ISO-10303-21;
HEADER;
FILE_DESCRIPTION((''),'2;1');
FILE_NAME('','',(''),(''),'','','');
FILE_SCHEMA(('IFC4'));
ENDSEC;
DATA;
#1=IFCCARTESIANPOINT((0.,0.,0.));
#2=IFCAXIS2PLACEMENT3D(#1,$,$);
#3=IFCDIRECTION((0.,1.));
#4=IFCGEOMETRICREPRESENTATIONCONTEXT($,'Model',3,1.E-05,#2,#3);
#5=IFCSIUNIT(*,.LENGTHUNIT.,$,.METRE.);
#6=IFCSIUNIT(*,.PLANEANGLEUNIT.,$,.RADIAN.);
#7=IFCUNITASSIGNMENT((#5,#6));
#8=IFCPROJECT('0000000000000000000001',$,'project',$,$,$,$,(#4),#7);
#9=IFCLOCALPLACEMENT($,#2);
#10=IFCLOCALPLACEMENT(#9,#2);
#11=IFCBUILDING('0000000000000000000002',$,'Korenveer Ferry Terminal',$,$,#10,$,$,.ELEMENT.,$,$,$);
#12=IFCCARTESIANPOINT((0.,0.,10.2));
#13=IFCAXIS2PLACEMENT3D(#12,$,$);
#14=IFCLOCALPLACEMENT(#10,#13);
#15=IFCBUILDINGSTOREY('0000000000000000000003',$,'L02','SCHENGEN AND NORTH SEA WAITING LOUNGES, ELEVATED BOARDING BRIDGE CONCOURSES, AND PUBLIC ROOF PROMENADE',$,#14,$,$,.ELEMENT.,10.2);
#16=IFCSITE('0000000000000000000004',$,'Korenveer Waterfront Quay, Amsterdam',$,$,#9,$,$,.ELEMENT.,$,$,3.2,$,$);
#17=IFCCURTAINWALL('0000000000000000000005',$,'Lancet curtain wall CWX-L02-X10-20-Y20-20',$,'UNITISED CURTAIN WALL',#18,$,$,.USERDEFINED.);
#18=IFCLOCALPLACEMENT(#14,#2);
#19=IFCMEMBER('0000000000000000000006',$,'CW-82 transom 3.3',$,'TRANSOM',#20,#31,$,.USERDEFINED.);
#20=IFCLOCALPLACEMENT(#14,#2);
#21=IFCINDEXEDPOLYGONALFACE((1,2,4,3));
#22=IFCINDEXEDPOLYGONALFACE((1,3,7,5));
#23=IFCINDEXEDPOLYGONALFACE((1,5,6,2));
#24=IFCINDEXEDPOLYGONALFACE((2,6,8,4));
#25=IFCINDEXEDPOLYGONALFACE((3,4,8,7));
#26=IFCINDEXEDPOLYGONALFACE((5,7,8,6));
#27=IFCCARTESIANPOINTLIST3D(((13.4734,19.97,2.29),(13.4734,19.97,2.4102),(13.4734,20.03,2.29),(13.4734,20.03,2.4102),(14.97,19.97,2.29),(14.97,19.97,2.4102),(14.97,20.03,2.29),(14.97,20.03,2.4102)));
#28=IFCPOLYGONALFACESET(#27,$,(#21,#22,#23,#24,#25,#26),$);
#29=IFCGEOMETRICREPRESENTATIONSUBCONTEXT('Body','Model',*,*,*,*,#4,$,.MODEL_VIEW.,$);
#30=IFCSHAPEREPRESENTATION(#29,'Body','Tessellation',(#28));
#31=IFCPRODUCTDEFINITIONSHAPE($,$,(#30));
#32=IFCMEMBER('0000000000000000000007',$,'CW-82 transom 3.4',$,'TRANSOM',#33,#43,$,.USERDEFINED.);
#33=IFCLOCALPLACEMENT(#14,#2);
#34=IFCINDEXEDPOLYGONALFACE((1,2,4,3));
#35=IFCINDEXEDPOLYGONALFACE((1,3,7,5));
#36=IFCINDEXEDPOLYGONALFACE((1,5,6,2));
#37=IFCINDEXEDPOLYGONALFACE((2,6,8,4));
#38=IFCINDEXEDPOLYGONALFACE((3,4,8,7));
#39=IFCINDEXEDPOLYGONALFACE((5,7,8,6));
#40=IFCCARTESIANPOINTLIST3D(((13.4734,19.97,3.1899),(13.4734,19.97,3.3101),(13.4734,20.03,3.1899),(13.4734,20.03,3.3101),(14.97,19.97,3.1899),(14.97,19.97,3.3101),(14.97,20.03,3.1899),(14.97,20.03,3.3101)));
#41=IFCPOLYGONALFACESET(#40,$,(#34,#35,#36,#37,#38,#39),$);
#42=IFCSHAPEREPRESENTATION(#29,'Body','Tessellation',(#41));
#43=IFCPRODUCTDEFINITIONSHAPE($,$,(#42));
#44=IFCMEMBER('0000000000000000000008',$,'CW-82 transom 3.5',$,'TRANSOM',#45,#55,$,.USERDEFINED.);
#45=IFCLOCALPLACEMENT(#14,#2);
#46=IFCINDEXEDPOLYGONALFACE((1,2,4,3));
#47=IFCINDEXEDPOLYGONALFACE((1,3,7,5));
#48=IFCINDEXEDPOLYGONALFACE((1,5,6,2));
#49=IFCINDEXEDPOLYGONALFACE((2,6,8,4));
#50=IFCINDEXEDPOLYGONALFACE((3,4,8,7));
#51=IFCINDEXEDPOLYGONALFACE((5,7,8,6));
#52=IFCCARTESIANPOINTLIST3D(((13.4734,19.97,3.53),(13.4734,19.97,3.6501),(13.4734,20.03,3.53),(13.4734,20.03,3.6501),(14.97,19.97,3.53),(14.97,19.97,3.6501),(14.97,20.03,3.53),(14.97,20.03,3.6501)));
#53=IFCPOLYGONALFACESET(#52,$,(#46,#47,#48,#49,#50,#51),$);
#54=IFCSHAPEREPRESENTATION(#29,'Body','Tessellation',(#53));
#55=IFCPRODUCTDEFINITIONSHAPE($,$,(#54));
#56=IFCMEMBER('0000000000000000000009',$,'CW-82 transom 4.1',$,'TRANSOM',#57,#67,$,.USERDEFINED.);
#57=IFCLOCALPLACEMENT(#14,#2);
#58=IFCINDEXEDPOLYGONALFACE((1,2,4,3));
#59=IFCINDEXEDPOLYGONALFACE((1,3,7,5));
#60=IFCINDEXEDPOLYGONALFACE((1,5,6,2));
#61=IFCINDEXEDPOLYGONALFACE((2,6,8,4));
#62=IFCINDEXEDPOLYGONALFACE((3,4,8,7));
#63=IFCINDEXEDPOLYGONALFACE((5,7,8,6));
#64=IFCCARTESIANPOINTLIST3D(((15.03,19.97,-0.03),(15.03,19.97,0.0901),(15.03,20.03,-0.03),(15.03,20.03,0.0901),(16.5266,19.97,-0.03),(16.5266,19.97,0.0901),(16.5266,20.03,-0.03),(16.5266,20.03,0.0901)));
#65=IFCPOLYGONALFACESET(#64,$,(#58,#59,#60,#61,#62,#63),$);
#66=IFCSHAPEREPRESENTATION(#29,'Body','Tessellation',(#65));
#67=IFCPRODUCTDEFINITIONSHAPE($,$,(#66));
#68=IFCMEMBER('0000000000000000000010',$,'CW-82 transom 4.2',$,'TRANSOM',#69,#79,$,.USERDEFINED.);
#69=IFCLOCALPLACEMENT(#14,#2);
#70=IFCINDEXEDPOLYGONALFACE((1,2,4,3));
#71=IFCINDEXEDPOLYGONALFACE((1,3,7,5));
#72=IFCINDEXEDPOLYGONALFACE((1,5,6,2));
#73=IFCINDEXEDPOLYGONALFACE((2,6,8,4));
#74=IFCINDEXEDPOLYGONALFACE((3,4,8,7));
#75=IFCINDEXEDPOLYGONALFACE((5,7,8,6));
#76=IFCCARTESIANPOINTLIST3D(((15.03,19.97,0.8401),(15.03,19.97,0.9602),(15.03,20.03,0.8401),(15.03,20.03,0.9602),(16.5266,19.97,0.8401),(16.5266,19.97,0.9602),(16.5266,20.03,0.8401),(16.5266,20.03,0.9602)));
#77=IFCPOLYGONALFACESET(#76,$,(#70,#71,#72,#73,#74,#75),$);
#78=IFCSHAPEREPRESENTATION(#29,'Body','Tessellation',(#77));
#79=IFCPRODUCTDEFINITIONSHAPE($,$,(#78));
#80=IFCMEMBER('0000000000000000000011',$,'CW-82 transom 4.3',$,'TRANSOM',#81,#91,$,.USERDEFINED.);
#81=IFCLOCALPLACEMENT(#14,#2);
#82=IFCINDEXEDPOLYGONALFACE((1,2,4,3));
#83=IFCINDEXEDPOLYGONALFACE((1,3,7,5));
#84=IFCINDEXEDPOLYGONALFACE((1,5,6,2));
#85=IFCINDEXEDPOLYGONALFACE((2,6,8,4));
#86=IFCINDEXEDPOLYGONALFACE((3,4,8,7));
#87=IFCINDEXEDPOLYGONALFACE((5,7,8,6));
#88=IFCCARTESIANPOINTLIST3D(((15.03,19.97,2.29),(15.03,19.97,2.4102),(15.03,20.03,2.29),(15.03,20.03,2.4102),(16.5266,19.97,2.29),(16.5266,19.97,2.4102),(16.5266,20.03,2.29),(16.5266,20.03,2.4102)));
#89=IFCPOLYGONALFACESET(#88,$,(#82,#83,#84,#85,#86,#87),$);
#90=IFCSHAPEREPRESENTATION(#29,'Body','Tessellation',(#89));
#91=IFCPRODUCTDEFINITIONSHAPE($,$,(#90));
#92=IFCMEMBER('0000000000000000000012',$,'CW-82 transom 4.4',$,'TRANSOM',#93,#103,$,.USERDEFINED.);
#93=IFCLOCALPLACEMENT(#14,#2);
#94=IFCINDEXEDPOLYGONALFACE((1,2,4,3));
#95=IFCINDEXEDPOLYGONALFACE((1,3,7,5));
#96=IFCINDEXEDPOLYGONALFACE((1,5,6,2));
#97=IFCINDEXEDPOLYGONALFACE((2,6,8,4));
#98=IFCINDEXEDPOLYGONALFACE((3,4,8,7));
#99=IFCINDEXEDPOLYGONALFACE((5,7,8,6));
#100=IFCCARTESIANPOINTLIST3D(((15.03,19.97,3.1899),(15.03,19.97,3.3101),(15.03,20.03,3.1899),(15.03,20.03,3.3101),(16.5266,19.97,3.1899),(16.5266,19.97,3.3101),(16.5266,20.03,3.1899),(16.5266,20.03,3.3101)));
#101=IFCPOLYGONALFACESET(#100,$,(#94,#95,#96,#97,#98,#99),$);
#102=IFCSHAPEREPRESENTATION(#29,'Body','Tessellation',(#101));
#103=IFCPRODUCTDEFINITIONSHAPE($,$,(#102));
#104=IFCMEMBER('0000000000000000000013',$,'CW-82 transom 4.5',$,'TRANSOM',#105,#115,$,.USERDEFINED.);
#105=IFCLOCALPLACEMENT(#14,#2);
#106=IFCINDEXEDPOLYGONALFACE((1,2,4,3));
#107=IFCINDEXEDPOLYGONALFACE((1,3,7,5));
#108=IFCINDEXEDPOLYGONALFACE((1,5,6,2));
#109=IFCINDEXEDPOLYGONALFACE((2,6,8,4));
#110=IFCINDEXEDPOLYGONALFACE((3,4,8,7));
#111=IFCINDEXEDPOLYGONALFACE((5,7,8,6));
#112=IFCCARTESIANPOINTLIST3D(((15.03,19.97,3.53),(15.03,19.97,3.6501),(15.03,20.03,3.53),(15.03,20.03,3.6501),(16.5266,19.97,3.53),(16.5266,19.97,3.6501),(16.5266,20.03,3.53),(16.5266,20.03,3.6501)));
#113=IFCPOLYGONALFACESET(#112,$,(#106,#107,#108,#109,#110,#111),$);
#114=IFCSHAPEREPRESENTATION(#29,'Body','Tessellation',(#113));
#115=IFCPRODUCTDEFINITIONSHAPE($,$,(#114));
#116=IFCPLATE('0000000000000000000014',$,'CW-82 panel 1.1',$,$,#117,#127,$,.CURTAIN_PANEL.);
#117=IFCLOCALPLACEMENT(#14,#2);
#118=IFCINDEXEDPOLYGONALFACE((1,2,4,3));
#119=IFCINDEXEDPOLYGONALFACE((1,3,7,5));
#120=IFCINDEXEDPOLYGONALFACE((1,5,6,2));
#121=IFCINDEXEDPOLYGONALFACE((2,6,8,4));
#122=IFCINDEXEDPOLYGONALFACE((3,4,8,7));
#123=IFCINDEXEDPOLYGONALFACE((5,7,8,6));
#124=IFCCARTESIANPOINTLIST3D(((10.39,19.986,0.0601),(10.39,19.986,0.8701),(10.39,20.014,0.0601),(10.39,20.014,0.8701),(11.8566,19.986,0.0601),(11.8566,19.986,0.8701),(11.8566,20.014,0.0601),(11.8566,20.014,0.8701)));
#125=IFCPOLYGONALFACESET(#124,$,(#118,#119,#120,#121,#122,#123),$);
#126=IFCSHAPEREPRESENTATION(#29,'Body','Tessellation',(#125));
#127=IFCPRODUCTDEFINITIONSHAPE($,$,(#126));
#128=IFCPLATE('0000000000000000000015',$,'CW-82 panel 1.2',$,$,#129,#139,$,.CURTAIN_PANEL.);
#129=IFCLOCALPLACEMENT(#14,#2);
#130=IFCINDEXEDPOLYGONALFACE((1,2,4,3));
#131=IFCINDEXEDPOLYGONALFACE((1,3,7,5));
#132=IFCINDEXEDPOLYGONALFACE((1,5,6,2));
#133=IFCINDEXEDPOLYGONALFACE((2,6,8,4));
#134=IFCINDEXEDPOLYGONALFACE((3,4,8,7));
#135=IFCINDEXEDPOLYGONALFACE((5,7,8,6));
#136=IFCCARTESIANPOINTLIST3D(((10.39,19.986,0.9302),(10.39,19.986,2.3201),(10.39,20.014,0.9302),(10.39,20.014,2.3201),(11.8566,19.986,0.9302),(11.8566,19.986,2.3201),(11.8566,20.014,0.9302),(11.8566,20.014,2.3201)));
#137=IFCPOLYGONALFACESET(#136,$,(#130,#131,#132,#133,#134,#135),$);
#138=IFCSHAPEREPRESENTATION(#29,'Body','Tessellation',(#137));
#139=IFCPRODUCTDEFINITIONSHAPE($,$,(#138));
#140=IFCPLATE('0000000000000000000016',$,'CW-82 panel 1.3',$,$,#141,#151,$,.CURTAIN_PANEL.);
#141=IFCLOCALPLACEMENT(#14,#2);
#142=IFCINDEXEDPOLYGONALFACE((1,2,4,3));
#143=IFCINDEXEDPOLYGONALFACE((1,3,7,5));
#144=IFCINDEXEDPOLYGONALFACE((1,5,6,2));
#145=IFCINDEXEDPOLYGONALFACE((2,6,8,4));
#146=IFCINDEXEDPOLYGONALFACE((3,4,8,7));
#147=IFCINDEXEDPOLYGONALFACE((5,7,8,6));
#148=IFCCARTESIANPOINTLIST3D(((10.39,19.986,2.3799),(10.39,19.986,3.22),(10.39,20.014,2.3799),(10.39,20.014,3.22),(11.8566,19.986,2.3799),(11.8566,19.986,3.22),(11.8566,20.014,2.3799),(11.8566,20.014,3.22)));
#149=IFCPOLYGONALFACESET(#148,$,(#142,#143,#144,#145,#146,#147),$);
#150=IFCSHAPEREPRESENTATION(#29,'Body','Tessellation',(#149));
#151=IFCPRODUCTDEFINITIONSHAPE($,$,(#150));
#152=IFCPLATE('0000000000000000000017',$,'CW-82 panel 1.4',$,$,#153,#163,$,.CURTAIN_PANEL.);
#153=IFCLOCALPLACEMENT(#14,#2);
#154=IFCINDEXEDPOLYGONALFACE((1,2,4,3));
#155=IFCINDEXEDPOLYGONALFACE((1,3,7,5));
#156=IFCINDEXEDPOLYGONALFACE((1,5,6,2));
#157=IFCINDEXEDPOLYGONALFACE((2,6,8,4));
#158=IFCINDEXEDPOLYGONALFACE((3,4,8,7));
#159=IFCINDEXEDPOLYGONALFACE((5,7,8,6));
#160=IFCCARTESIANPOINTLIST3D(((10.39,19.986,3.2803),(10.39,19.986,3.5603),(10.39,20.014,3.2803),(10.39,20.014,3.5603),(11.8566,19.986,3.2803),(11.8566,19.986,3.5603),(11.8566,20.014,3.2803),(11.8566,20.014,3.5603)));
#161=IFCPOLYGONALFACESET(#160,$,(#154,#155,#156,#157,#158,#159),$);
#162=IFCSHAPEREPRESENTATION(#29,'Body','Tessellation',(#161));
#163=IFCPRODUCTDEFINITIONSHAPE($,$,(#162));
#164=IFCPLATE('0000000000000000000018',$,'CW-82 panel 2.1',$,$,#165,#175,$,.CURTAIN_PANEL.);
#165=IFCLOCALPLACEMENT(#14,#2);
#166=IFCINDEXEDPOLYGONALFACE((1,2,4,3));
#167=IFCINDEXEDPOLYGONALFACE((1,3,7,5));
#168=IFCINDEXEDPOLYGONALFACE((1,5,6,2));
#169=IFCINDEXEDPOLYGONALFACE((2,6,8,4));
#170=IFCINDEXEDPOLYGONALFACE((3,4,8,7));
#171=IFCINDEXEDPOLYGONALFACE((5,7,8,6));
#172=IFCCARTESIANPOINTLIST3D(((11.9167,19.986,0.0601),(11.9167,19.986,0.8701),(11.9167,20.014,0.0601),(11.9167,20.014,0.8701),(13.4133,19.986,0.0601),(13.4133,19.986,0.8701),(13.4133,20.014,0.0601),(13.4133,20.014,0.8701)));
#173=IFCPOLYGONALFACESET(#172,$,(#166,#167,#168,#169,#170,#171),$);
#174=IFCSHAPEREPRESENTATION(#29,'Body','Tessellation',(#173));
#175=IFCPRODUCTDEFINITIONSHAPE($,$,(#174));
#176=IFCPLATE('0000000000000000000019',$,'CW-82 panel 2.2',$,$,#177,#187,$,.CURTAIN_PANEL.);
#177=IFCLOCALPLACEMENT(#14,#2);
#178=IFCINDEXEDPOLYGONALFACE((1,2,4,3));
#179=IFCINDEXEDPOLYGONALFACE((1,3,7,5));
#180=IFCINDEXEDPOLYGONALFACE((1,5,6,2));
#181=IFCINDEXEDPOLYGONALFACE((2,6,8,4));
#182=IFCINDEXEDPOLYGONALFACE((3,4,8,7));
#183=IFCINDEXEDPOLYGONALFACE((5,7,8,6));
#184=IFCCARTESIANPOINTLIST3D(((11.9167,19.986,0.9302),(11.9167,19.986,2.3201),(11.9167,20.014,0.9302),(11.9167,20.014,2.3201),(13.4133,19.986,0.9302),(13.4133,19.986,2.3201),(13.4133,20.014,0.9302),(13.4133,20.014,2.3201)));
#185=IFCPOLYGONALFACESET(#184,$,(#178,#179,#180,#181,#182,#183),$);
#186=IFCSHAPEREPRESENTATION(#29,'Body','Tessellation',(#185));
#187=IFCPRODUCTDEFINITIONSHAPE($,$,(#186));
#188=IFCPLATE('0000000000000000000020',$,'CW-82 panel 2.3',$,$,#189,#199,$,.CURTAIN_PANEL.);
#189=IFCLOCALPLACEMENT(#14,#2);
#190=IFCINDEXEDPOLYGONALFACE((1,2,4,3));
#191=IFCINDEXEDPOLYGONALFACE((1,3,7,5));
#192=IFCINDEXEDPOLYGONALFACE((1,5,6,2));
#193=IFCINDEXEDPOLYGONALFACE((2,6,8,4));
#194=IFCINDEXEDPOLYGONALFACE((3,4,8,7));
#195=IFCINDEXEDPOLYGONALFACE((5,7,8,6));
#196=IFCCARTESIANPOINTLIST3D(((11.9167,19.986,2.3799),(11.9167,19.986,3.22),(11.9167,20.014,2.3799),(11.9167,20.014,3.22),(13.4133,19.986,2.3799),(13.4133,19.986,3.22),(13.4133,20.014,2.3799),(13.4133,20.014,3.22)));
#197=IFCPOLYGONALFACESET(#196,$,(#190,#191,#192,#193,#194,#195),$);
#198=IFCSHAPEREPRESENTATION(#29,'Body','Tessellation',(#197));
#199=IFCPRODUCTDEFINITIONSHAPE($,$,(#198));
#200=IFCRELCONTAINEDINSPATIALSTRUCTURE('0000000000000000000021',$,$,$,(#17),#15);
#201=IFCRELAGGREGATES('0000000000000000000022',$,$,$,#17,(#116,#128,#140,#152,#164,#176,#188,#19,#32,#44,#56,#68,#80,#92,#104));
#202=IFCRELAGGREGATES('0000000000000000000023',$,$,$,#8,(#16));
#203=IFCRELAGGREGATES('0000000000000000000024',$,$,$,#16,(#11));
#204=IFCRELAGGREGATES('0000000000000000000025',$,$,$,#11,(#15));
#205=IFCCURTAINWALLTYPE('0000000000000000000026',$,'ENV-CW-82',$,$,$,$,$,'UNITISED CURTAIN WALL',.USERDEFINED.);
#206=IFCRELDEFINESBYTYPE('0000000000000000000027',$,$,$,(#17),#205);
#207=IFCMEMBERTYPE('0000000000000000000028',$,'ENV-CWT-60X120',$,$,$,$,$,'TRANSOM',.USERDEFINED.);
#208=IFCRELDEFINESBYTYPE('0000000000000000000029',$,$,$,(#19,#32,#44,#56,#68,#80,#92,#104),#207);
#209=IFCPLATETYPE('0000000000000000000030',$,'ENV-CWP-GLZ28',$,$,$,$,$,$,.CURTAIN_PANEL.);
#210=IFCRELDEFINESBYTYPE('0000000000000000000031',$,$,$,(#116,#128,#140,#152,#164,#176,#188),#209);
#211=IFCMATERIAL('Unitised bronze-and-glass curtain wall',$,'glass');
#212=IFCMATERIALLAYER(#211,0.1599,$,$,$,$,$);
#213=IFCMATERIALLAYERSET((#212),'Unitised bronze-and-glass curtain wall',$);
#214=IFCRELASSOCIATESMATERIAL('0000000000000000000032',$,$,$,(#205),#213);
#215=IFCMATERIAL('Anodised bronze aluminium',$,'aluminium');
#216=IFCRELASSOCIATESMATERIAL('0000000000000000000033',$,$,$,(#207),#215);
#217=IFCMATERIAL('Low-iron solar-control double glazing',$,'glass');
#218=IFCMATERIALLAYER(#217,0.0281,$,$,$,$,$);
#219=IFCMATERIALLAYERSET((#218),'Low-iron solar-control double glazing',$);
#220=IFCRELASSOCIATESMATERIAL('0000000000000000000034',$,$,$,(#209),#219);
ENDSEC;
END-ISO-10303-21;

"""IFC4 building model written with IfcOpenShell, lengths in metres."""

from ifc_helpers import new_model, si_unit, direction, frame, origin, origin_2d, place, context, subcontext, project, spatial, rectangle, extrude, material, layer, layer_set, material_profile, profile_set, type_object, element, aggregate, save


model = new_model("IFC4")

# Units and contexts
model_context = context("Model", 3, precision=1e-05, world=origin(), true_north=direction((0.0, 1.0)))
body_context = subcontext(model_context, "Body", "Model", "MODEL_VIEW")
ifc_project = project(units=[si_unit("LENGTHUNIT", "METRE"), si_unit("PLANEANGLEUNIT", "RADIAN")], contexts=[model_context])

# Site, building, storey
site_placement = place(None, origin())
site = spatial("IfcSite", under=ifc_project, at=site_placement, Name="Korenveer Waterfront Quay, Amsterdam", CompositionType="ELEMENT", RefElevation=3.2)
building_placement = place(site_placement, origin())
building = spatial("IfcBuilding", under=site, at=building_placement, Name="Korenveer Ferry Terminal", CompositionType="ELEMENT")
storey_placement = place(building_placement, frame((0.0, 0.0, 10.2)))
storey = spatial("IfcBuildingStorey", under=building, at=storey_placement, Name="L02", Description="SCHENGEN AND NORTH SEA WAITING LOUNGES, ELEVATED BOARDING BRIDGE CONCOURSES, AND PUBLIC ROOF PROMENADE", CompositionType="ELEMENT", Elevation=10.2)

# Curtain wall, members, plates
ifc_material_1 = material(Name="Unitised bronze-and-glass curtain wall", Category="glass")
ifc_layer_1 = layer(ifc_material_1, 0.1599)
ifc_layer_set_1 = layer_set([ifc_layer_1], Name="Unitised bronze-and-glass curtain wall")
curtain_wall_type = type_object("IfcCurtainWallType", Name="ENV-CW-82", ElementType="UNITISED CURTAIN WALL", PredefinedType="USERDEFINED", material=ifc_layer_set_1)
curtain_wall_placement = place(storey_placement, frame((10.3301, 20.0, 0.0)))
curtain_wall = element("IfcCurtainWall", 1, at=curtain_wall_placement, inside=storey, type_object=curtain_wall_type, Name="Lancet curtain wall CWX-L02-X10-20-Y20-20", ObjectType="UNITISED CURTAIN WALL", PredefinedType="USERDEFINED")
ifc_material_2 = material(Name="Anodised bronze aluminium", Category="aluminium")
ifc_material_profile_1 = material_profile(ifc_material_2, rectangle(XDim=0.0601, YDim=0.1201, at=origin_2d()), Name="ALU 60x120")
ifc_profile_set_1 = profile_set([ifc_material_profile_1], Name="Anodised bronze aluminium")
member_type_1 = type_object("IfcMemberType", Name="ENV-CWT-60X120", ElementType="TRANSOM", PredefinedType="USERDEFINED", material=ifc_profile_set_1)
member_1_placement = place(storey_placement, frame((13.4734, 20.0, 2.3501), z_axis=(1.0, 0.0, 0.0), x_axis=(0.0, 1.0, 0.0)))
member_1 = element("IfcMember", 2, at=member_1_placement, type_object=member_type_1, Name="CW-82 transom 3.3", ObjectType="TRANSOM", PredefinedType="USERDEFINED", context=body_context, shape_type="SweptSolid", body=[
    extrude(rectangle(XDim=0.0601, YDim=0.1201, at=origin_2d()), origin(), (0.0, 0.0, 1.0), 1.4966),
])
member_2_placement = place(storey_placement, frame((13.4734, 20.0, 3.25), z_axis=(1.0, 0.0, 0.0), x_axis=(0.0, 1.0, 0.0)))
member_2 = element("IfcMember", 3, at=member_2_placement, type_object=member_type_1, Name="CW-82 transom 3.4", ObjectType="TRANSOM", PredefinedType="USERDEFINED", context=body_context, shape_type="SweptSolid", body=[
    extrude(rectangle(XDim=0.0601, YDim=0.1201, at=origin_2d()), origin(), (0.0, 0.0, 1.0), 1.4966),
])
member_3_placement = place(storey_placement, frame((13.4734, 20.0, 3.5901), z_axis=(1.0, 0.0, 0.0), x_axis=(0.0, 1.0, 0.0)))
member_3 = element("IfcMember", 4, at=member_3_placement, type_object=member_type_1, Name="CW-82 transom 3.5", ObjectType="TRANSOM", PredefinedType="USERDEFINED", context=body_context, shape_type="SweptSolid", body=[
    extrude(rectangle(XDim=0.0601, YDim=0.1201, at=origin_2d()), origin(), (0.0, 0.0, 1.0), 1.4966),
])
member_4_placement = place(storey_placement, frame((15.03, 20.0, 0.03), z_axis=(1.0, 0.0, 0.0), x_axis=(0.0, 1.0, 0.0)))
member_4 = element("IfcMember", 5, at=member_4_placement, type_object=member_type_1, Name="CW-82 transom 4.1", ObjectType="TRANSOM", PredefinedType="USERDEFINED", context=body_context, shape_type="SweptSolid", body=[
    extrude(rectangle(XDim=0.0601, YDim=0.1201, at=origin_2d()), origin(), (0.0, 0.0, 1.0), 1.4966),
])
member_5_placement = place(storey_placement, frame((15.03, 20.0, 0.9001), z_axis=(1.0, 0.0, 0.0), x_axis=(0.0, 1.0, 0.0)))
member_5 = element("IfcMember", 6, at=member_5_placement, type_object=member_type_1, Name="CW-82 transom 4.2", ObjectType="TRANSOM", PredefinedType="USERDEFINED", context=body_context, shape_type="SweptSolid", body=[
    extrude(rectangle(XDim=0.0601, YDim=0.1201, at=origin_2d()), origin(), (0.0, 0.0, 1.0), 1.4966),
])
member_6_placement = place(storey_placement, frame((15.03, 20.0, 2.3501), z_axis=(1.0, 0.0, 0.0), x_axis=(0.0, 1.0, 0.0)))
member_6 = element("IfcMember", 7, at=member_6_placement, type_object=member_type_1, Name="CW-82 transom 4.3", ObjectType="TRANSOM", PredefinedType="USERDEFINED", context=body_context, shape_type="SweptSolid", body=[
    extrude(rectangle(XDim=0.0601, YDim=0.1201, at=origin_2d()), origin(), (0.0, 0.0, 1.0), 1.4966),
])
member_7_placement = place(storey_placement, frame((15.03, 20.0, 3.25), z_axis=(1.0, 0.0, 0.0), x_axis=(0.0, 1.0, 0.0)))
member_7 = element("IfcMember", 8, at=member_7_placement, type_object=member_type_1, Name="CW-82 transom 4.4", ObjectType="TRANSOM", PredefinedType="USERDEFINED", context=body_context, shape_type="SweptSolid", body=[
    extrude(rectangle(XDim=0.0601, YDim=0.1201, at=origin_2d()), origin(), (0.0, 0.0, 1.0), 1.4966),
])
member_8_placement = place(storey_placement, frame((15.03, 20.0, 3.5901), z_axis=(1.0, 0.0, 0.0), x_axis=(0.0, 1.0, 0.0)))
member_8 = element("IfcMember", 9, at=member_8_placement, type_object=member_type_1, Name="CW-82 transom 4.5", ObjectType="TRANSOM", PredefinedType="USERDEFINED", context=body_context, shape_type="SweptSolid", body=[
    extrude(rectangle(XDim=0.0601, YDim=0.1201, at=origin_2d()), origin(), (0.0, 0.0, 1.0), 1.4966),
])
ifc_material_3 = material(Name="Low-iron solar-control double glazing", Category="glass")
ifc_layer_2 = layer(ifc_material_3, 0.0281)
ifc_layer_set_2 = layer_set([ifc_layer_2], Name="Low-iron solar-control double glazing")
plate_type = type_object("IfcPlateType", Name="ENV-CWP-GLZ28", PredefinedType="CURTAIN_PANEL", material=ifc_layer_set_2)
plate_1_placement = place(storey_placement, frame((11.1233, 20.0, 0.0601), z_axis=(0.0, 0.0, 1.0), x_axis=(1.0, 0.0, 0.0)))
plate_1 = element("IfcPlate", 10, at=plate_1_placement, type_object=plate_type, Name="CW-82 panel 1.1", PredefinedType="CURTAIN_PANEL", context=body_context, shape_type="SweptSolid", body=[
    extrude(rectangle(XDim=1.4666, YDim=0.0281, at=origin_2d()), origin(), (0.0, 0.0, 1.0), 0.8101),
])
plate_2_placement = place(storey_placement, frame((11.1233, 20.0, 0.9302), z_axis=(0.0, 0.0, 1.0), x_axis=(1.0, 0.0, 0.0)))
plate_2 = element("IfcPlate", 11, at=plate_2_placement, type_object=plate_type, Name="CW-82 panel 1.2", PredefinedType="CURTAIN_PANEL", context=body_context, shape_type="SweptSolid", body=[
    extrude(rectangle(XDim=1.4666, YDim=0.0281, at=origin_2d()), origin(), (0.0, 0.0, 1.0), 1.3899),
])
plate_3_placement = place(storey_placement, frame((11.1233, 20.0, 2.3799), z_axis=(0.0, 0.0, 1.0), x_axis=(1.0, 0.0, 0.0)))
plate_3 = element("IfcPlate", 12, at=plate_3_placement, type_object=plate_type, Name="CW-82 panel 1.3", PredefinedType="CURTAIN_PANEL", context=body_context, shape_type="SweptSolid", body=[
    extrude(rectangle(XDim=1.4666, YDim=0.0281, at=origin_2d()), origin(), (0.0, 0.0, 1.0), 0.8401),
])
plate_4_placement = place(storey_placement, frame((11.1233, 20.0, 3.2803), z_axis=(0.0, 0.0, 1.0), x_axis=(1.0, 0.0, 0.0)))
plate_4 = element("IfcPlate", 13, at=plate_4_placement, type_object=plate_type, Name="CW-82 panel 1.4", PredefinedType="CURTAIN_PANEL", context=body_context, shape_type="SweptSolid", body=[
    extrude(rectangle(XDim=1.4666, YDim=0.0281, at=origin_2d()), origin(), (0.0, 0.0, 1.0), 0.28),
])
plate_5_placement = place(storey_placement, frame((12.665, 20.0, 0.0601), z_axis=(0.0, 0.0, 1.0), x_axis=(1.0, 0.0, 0.0)))
plate_5 = element("IfcPlate", 14, at=plate_5_placement, type_object=plate_type, Name="CW-82 panel 2.1", PredefinedType="CURTAIN_PANEL", context=body_context, shape_type="SweptSolid", body=[
    extrude(rectangle(XDim=1.4966, YDim=0.0281, at=origin_2d()), origin(), (0.0, 0.0, 1.0), 0.8101),
])
plate_6_placement = place(storey_placement, frame((12.665, 20.0, 0.9302), z_axis=(0.0, 0.0, 1.0), x_axis=(1.0, 0.0, 0.0)))
plate_6 = element("IfcPlate", 15, at=plate_6_placement, type_object=plate_type, Name="CW-82 panel 2.2", PredefinedType="CURTAIN_PANEL", context=body_context, shape_type="SweptSolid", body=[
    extrude(rectangle(XDim=1.4966, YDim=0.0281, at=origin_2d()), origin(), (0.0, 0.0, 1.0), 1.3899),
])
plate_7_placement = place(storey_placement, frame((12.665, 20.0, 2.3799), z_axis=(0.0, 0.0, 1.0), x_axis=(1.0, 0.0, 0.0)))
plate_7 = element("IfcPlate", 16, at=plate_7_placement, type_object=plate_type, Name="CW-82 panel 2.3", PredefinedType="CURTAIN_PANEL", context=body_context, shape_type="SweptSolid", body=[
    extrude(rectangle(XDim=1.4966, YDim=0.0281, at=origin_2d()), origin(), (0.0, 0.0, 1.0), 0.8401),
])
aggregate(curtain_wall, [plate_1, plate_2, plate_3, plate_4, plate_5, plate_6, plate_7, member_1, member_2, member_3, member_4, member_5, member_6, member_7, member_8])

save(model, "model.ifc")
